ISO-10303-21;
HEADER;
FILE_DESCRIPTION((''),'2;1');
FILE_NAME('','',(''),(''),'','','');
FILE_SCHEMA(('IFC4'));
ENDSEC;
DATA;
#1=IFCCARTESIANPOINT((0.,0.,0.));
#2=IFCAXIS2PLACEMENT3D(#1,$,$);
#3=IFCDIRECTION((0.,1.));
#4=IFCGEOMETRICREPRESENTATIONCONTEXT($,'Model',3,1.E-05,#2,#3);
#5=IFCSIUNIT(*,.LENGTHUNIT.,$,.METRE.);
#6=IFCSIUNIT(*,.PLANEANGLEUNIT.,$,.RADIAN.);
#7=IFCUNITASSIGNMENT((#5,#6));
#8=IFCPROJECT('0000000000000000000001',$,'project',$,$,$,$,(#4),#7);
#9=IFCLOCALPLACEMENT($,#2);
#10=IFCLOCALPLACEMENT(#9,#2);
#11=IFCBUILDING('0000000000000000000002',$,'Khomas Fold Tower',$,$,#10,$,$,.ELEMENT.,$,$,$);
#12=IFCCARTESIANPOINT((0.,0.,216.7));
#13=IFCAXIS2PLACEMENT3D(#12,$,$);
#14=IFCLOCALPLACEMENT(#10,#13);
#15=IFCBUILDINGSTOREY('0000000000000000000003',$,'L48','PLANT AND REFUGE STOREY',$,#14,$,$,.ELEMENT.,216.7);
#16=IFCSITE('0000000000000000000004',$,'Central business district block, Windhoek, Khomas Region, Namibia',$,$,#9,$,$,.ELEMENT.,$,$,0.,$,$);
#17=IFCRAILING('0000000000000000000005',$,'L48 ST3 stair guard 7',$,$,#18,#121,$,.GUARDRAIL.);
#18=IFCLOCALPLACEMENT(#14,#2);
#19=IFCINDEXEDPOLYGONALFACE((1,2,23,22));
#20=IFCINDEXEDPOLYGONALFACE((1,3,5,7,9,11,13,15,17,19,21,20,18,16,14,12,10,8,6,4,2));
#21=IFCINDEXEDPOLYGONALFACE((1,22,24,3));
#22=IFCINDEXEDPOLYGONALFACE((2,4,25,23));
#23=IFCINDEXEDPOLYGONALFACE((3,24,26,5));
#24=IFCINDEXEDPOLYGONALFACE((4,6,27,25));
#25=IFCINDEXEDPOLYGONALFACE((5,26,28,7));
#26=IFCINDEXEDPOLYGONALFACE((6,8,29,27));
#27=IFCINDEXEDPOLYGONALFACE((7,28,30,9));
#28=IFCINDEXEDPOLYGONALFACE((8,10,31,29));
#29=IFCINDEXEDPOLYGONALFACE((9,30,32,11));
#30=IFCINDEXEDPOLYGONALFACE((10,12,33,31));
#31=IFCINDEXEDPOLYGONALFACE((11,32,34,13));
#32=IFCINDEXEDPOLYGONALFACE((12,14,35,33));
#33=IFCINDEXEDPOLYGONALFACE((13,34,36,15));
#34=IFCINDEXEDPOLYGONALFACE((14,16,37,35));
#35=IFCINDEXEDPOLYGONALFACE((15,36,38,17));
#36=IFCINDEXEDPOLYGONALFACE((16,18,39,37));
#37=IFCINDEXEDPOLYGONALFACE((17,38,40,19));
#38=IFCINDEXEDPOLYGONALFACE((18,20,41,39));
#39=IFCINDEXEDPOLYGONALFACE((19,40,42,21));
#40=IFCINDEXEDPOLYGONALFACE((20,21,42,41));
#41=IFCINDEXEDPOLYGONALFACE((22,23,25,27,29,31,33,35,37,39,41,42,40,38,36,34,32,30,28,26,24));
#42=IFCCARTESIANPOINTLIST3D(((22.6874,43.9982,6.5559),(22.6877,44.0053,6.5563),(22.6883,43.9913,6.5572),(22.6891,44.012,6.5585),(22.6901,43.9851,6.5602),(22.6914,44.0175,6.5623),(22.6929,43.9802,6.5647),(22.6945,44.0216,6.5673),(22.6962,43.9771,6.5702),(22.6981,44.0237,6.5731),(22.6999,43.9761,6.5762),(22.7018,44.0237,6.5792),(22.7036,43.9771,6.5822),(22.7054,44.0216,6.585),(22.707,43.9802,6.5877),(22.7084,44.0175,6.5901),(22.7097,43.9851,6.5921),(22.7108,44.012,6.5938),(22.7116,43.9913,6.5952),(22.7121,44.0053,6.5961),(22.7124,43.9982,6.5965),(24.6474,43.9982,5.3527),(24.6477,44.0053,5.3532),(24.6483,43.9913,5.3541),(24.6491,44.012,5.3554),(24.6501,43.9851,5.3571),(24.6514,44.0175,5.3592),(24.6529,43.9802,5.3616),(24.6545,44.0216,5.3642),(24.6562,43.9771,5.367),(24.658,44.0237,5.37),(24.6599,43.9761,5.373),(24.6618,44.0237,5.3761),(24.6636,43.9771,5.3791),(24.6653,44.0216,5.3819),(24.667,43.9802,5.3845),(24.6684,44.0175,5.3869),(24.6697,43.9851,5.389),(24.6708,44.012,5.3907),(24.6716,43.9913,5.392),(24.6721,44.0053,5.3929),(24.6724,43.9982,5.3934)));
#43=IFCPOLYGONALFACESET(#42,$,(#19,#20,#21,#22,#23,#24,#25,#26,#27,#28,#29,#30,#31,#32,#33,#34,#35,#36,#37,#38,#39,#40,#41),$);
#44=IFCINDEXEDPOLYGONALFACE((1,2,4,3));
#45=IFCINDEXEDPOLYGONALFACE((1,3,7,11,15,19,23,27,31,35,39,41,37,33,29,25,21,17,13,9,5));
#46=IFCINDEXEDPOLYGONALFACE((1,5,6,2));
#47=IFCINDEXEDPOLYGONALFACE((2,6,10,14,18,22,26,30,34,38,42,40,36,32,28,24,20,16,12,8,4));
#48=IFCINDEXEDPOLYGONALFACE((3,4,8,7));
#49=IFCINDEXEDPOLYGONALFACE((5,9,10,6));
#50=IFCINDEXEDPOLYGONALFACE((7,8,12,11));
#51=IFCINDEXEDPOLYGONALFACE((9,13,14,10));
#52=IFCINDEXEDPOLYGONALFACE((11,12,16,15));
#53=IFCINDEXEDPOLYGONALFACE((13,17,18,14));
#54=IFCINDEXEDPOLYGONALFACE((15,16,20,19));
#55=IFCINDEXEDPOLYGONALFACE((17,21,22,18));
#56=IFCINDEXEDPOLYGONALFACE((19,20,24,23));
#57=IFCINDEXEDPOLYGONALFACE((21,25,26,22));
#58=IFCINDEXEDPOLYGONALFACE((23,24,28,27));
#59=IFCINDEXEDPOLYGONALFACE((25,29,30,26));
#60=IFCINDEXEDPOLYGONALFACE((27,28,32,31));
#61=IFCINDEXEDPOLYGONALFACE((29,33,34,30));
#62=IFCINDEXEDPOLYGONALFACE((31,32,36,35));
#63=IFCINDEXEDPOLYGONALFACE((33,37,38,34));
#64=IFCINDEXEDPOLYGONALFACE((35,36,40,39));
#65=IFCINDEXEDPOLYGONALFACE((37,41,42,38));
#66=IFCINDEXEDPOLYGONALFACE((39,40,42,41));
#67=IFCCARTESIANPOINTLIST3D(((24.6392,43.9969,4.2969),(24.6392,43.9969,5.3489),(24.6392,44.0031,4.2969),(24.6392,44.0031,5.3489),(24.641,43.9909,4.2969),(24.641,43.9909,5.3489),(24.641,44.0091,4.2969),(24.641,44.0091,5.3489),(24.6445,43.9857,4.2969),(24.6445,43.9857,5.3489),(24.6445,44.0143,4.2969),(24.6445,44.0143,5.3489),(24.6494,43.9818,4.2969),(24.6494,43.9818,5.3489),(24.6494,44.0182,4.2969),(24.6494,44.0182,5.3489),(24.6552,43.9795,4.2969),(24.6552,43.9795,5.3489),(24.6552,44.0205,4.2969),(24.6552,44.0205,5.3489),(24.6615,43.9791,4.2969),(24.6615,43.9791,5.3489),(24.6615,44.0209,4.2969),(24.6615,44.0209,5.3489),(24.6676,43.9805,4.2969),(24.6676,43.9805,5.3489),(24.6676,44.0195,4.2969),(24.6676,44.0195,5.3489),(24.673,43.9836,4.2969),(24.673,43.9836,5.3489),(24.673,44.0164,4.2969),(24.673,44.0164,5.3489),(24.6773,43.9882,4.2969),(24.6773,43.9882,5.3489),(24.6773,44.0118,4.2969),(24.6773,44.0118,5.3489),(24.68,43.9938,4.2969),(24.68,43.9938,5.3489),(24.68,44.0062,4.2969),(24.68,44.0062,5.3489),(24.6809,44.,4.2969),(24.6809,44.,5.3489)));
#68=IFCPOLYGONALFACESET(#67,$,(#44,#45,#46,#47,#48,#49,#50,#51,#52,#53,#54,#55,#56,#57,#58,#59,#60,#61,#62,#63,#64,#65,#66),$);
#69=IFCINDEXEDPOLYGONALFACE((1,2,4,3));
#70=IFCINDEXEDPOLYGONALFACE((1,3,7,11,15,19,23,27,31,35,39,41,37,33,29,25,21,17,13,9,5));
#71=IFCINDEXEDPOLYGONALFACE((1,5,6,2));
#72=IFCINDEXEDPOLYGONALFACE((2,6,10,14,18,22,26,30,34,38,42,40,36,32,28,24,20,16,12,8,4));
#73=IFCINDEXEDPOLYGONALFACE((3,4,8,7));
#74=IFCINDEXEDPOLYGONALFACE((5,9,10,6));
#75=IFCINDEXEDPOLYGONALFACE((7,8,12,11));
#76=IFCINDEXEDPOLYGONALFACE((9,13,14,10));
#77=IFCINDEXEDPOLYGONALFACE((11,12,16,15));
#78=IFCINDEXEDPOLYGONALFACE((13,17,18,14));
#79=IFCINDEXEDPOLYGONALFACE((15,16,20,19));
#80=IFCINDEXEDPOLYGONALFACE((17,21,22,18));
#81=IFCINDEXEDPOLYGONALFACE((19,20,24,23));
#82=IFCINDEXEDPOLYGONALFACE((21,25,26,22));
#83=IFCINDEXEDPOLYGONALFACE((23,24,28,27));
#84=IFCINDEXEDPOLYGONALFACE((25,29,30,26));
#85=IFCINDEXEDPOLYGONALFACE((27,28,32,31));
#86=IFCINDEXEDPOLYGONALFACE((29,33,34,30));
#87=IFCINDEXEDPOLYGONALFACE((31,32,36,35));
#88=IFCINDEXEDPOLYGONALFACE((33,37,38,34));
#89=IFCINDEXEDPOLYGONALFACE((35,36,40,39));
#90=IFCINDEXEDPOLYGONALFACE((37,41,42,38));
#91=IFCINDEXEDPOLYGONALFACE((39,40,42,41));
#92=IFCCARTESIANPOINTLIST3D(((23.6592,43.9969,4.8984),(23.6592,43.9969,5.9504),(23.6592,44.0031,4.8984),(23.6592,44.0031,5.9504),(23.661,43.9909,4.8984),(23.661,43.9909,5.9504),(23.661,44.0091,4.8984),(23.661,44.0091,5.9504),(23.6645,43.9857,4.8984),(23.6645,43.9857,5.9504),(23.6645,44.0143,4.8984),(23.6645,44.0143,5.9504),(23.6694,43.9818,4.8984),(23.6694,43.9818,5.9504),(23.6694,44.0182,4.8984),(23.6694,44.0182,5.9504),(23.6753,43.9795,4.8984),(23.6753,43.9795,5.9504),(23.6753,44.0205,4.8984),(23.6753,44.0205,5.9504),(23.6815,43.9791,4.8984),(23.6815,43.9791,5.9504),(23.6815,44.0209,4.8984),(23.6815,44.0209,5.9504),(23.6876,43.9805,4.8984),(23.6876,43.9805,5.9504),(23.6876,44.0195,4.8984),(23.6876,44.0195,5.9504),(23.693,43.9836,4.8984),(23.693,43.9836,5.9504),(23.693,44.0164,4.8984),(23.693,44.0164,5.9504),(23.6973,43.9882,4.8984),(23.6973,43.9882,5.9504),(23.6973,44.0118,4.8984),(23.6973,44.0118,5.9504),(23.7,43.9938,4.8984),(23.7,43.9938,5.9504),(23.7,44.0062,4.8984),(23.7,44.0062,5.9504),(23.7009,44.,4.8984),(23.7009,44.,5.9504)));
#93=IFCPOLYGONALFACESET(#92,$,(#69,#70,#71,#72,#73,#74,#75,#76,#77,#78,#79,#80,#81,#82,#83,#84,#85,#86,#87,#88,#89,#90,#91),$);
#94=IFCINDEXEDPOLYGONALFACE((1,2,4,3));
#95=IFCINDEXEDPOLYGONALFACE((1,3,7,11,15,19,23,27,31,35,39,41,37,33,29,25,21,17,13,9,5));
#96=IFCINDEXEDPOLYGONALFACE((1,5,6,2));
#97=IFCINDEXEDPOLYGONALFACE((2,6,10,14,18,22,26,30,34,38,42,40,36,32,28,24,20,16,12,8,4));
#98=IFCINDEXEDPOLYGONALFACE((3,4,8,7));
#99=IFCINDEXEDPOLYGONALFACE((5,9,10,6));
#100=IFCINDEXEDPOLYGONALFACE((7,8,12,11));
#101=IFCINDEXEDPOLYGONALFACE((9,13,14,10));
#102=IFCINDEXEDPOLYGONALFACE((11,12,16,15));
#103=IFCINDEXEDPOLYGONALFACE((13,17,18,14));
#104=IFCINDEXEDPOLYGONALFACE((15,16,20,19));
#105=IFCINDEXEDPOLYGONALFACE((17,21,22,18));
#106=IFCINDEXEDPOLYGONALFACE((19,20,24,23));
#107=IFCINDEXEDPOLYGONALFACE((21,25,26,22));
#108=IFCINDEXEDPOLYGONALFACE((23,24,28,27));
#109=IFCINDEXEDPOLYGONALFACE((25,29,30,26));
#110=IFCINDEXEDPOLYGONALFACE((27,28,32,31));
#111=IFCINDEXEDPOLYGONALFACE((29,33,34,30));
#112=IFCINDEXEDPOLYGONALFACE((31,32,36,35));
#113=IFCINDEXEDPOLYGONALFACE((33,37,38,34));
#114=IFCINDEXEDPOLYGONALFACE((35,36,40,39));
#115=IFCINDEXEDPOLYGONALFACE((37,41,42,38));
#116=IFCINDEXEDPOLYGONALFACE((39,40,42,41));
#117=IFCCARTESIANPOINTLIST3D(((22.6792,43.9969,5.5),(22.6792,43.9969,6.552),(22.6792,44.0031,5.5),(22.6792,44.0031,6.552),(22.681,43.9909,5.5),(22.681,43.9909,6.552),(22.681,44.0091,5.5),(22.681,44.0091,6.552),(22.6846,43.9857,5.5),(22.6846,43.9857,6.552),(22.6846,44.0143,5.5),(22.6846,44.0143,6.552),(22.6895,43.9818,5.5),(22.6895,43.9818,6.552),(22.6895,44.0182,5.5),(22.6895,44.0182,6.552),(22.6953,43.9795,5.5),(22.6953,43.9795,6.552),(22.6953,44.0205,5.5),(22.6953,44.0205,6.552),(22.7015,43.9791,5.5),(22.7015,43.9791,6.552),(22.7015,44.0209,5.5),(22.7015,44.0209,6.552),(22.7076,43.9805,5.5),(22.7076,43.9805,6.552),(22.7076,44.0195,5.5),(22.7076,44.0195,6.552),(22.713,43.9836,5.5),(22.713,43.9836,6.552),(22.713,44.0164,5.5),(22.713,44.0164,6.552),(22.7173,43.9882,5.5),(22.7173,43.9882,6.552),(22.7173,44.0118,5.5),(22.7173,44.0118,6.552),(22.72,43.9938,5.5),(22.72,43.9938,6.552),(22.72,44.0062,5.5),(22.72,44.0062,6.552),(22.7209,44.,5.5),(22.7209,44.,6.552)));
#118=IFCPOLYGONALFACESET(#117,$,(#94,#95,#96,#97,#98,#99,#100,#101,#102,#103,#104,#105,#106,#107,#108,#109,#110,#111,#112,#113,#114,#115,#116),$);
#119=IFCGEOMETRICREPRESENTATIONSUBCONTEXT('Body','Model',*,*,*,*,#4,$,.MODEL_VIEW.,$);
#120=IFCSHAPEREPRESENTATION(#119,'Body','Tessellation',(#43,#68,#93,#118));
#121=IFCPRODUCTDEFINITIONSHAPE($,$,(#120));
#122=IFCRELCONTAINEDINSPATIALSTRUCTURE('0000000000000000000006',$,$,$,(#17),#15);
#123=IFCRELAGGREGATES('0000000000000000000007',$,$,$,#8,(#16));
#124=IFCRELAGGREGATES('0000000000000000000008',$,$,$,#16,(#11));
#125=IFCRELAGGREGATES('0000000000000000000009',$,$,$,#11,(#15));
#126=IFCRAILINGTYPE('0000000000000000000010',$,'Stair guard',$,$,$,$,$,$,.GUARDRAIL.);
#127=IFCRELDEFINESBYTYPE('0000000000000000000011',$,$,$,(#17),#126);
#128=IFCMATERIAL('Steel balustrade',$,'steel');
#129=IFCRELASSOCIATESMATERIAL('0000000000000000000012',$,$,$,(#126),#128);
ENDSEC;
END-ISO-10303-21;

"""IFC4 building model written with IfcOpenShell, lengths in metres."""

from ifc_helpers import new_model, si_unit, direction, frame, origin, origin_2d, place, context, subcontext, project, spatial, circle, extrude, source, transform, mapped, material, type_object, element, save


model = new_model("IFC4")

# Units and contexts
model_context = context("Model", 3, precision=1e-05, world=origin(), true_north=direction((0.0, 1.0)))
body_context = subcontext(model_context, "Body", "Model", "MODEL_VIEW")
ifc_project = project(units=[si_unit("LENGTHUNIT", "METRE"), si_unit("PLANEANGLEUNIT", "RADIAN")], contexts=[model_context])

# Site, building, storey
site_placement = place(None, origin())
site = spatial("IfcSite", under=ifc_project, at=site_placement, Name="Central business district block, Windhoek, Khomas Region, Namibia", CompositionType="ELEMENT", RefElevation=0.0)
building_placement = place(site_placement, origin())
building = spatial("IfcBuilding", under=site, at=building_placement, Name="Khomas Fold Tower", CompositionType="ELEMENT")
storey_placement = place(building_placement, frame((0.0, 0.0, 216.7)))
storey = spatial("IfcBuildingStorey", under=building, at=storey_placement, Name="L48", Description="PLANT AND REFUGE STOREY", CompositionType="ELEMENT", Elevation=216.7)

# Railing
ifc_material_1 = material(Name="Steel balustrade", Category="steel")
railing_type_1 = type_object("IfcRailingType", Name="Stair guard", PredefinedType="GUARDRAIL", material=ifc_material_1)
shared_shape_1 = source(origin(), body_context, "Body", "SweptSolid", [
    extrude(circle(Radius=0.0239, at=origin_2d()), frame((0.0, 0.0, 1.0762), z_axis=(-0.852241, 0.0, 0.523149), x_axis=(0.0, -1.0, 0.0)), (0.0, 0.0, 1.0), 2.2998),
    extrude(circle(Radius=0.021, at=origin_2d()), origin(), (0.0, 0.0, 1.0), 1.052),
    extrude(circle(Radius=0.021, at=origin_2d()), frame((-0.98, 0.0, 0.6016)), (0.0, 0.0, 1.0), 1.052),
    extrude(circle(Radius=0.021, at=origin_2d()), frame((-1.96, 0.0, 1.2031)), (0.0, 0.0, 1.0), 1.052),
])
for number, where, name in (
    (1, (24.6599, 44.0, 4.2969), "L48 ST3 stair guard 7"),
):
    element("IfcRailing", number, at=place(storey_placement, frame(where)), inside=storey, type_object=railing_type_1, Name=name, PredefinedType="GUARDRAIL", context=body_context, shape_type="MappedRepresentation", body=[
        mapped(shared_shape_1, transform((0.0, 0.0, 0.0))),
    ])

save(model, "model.ifc")
